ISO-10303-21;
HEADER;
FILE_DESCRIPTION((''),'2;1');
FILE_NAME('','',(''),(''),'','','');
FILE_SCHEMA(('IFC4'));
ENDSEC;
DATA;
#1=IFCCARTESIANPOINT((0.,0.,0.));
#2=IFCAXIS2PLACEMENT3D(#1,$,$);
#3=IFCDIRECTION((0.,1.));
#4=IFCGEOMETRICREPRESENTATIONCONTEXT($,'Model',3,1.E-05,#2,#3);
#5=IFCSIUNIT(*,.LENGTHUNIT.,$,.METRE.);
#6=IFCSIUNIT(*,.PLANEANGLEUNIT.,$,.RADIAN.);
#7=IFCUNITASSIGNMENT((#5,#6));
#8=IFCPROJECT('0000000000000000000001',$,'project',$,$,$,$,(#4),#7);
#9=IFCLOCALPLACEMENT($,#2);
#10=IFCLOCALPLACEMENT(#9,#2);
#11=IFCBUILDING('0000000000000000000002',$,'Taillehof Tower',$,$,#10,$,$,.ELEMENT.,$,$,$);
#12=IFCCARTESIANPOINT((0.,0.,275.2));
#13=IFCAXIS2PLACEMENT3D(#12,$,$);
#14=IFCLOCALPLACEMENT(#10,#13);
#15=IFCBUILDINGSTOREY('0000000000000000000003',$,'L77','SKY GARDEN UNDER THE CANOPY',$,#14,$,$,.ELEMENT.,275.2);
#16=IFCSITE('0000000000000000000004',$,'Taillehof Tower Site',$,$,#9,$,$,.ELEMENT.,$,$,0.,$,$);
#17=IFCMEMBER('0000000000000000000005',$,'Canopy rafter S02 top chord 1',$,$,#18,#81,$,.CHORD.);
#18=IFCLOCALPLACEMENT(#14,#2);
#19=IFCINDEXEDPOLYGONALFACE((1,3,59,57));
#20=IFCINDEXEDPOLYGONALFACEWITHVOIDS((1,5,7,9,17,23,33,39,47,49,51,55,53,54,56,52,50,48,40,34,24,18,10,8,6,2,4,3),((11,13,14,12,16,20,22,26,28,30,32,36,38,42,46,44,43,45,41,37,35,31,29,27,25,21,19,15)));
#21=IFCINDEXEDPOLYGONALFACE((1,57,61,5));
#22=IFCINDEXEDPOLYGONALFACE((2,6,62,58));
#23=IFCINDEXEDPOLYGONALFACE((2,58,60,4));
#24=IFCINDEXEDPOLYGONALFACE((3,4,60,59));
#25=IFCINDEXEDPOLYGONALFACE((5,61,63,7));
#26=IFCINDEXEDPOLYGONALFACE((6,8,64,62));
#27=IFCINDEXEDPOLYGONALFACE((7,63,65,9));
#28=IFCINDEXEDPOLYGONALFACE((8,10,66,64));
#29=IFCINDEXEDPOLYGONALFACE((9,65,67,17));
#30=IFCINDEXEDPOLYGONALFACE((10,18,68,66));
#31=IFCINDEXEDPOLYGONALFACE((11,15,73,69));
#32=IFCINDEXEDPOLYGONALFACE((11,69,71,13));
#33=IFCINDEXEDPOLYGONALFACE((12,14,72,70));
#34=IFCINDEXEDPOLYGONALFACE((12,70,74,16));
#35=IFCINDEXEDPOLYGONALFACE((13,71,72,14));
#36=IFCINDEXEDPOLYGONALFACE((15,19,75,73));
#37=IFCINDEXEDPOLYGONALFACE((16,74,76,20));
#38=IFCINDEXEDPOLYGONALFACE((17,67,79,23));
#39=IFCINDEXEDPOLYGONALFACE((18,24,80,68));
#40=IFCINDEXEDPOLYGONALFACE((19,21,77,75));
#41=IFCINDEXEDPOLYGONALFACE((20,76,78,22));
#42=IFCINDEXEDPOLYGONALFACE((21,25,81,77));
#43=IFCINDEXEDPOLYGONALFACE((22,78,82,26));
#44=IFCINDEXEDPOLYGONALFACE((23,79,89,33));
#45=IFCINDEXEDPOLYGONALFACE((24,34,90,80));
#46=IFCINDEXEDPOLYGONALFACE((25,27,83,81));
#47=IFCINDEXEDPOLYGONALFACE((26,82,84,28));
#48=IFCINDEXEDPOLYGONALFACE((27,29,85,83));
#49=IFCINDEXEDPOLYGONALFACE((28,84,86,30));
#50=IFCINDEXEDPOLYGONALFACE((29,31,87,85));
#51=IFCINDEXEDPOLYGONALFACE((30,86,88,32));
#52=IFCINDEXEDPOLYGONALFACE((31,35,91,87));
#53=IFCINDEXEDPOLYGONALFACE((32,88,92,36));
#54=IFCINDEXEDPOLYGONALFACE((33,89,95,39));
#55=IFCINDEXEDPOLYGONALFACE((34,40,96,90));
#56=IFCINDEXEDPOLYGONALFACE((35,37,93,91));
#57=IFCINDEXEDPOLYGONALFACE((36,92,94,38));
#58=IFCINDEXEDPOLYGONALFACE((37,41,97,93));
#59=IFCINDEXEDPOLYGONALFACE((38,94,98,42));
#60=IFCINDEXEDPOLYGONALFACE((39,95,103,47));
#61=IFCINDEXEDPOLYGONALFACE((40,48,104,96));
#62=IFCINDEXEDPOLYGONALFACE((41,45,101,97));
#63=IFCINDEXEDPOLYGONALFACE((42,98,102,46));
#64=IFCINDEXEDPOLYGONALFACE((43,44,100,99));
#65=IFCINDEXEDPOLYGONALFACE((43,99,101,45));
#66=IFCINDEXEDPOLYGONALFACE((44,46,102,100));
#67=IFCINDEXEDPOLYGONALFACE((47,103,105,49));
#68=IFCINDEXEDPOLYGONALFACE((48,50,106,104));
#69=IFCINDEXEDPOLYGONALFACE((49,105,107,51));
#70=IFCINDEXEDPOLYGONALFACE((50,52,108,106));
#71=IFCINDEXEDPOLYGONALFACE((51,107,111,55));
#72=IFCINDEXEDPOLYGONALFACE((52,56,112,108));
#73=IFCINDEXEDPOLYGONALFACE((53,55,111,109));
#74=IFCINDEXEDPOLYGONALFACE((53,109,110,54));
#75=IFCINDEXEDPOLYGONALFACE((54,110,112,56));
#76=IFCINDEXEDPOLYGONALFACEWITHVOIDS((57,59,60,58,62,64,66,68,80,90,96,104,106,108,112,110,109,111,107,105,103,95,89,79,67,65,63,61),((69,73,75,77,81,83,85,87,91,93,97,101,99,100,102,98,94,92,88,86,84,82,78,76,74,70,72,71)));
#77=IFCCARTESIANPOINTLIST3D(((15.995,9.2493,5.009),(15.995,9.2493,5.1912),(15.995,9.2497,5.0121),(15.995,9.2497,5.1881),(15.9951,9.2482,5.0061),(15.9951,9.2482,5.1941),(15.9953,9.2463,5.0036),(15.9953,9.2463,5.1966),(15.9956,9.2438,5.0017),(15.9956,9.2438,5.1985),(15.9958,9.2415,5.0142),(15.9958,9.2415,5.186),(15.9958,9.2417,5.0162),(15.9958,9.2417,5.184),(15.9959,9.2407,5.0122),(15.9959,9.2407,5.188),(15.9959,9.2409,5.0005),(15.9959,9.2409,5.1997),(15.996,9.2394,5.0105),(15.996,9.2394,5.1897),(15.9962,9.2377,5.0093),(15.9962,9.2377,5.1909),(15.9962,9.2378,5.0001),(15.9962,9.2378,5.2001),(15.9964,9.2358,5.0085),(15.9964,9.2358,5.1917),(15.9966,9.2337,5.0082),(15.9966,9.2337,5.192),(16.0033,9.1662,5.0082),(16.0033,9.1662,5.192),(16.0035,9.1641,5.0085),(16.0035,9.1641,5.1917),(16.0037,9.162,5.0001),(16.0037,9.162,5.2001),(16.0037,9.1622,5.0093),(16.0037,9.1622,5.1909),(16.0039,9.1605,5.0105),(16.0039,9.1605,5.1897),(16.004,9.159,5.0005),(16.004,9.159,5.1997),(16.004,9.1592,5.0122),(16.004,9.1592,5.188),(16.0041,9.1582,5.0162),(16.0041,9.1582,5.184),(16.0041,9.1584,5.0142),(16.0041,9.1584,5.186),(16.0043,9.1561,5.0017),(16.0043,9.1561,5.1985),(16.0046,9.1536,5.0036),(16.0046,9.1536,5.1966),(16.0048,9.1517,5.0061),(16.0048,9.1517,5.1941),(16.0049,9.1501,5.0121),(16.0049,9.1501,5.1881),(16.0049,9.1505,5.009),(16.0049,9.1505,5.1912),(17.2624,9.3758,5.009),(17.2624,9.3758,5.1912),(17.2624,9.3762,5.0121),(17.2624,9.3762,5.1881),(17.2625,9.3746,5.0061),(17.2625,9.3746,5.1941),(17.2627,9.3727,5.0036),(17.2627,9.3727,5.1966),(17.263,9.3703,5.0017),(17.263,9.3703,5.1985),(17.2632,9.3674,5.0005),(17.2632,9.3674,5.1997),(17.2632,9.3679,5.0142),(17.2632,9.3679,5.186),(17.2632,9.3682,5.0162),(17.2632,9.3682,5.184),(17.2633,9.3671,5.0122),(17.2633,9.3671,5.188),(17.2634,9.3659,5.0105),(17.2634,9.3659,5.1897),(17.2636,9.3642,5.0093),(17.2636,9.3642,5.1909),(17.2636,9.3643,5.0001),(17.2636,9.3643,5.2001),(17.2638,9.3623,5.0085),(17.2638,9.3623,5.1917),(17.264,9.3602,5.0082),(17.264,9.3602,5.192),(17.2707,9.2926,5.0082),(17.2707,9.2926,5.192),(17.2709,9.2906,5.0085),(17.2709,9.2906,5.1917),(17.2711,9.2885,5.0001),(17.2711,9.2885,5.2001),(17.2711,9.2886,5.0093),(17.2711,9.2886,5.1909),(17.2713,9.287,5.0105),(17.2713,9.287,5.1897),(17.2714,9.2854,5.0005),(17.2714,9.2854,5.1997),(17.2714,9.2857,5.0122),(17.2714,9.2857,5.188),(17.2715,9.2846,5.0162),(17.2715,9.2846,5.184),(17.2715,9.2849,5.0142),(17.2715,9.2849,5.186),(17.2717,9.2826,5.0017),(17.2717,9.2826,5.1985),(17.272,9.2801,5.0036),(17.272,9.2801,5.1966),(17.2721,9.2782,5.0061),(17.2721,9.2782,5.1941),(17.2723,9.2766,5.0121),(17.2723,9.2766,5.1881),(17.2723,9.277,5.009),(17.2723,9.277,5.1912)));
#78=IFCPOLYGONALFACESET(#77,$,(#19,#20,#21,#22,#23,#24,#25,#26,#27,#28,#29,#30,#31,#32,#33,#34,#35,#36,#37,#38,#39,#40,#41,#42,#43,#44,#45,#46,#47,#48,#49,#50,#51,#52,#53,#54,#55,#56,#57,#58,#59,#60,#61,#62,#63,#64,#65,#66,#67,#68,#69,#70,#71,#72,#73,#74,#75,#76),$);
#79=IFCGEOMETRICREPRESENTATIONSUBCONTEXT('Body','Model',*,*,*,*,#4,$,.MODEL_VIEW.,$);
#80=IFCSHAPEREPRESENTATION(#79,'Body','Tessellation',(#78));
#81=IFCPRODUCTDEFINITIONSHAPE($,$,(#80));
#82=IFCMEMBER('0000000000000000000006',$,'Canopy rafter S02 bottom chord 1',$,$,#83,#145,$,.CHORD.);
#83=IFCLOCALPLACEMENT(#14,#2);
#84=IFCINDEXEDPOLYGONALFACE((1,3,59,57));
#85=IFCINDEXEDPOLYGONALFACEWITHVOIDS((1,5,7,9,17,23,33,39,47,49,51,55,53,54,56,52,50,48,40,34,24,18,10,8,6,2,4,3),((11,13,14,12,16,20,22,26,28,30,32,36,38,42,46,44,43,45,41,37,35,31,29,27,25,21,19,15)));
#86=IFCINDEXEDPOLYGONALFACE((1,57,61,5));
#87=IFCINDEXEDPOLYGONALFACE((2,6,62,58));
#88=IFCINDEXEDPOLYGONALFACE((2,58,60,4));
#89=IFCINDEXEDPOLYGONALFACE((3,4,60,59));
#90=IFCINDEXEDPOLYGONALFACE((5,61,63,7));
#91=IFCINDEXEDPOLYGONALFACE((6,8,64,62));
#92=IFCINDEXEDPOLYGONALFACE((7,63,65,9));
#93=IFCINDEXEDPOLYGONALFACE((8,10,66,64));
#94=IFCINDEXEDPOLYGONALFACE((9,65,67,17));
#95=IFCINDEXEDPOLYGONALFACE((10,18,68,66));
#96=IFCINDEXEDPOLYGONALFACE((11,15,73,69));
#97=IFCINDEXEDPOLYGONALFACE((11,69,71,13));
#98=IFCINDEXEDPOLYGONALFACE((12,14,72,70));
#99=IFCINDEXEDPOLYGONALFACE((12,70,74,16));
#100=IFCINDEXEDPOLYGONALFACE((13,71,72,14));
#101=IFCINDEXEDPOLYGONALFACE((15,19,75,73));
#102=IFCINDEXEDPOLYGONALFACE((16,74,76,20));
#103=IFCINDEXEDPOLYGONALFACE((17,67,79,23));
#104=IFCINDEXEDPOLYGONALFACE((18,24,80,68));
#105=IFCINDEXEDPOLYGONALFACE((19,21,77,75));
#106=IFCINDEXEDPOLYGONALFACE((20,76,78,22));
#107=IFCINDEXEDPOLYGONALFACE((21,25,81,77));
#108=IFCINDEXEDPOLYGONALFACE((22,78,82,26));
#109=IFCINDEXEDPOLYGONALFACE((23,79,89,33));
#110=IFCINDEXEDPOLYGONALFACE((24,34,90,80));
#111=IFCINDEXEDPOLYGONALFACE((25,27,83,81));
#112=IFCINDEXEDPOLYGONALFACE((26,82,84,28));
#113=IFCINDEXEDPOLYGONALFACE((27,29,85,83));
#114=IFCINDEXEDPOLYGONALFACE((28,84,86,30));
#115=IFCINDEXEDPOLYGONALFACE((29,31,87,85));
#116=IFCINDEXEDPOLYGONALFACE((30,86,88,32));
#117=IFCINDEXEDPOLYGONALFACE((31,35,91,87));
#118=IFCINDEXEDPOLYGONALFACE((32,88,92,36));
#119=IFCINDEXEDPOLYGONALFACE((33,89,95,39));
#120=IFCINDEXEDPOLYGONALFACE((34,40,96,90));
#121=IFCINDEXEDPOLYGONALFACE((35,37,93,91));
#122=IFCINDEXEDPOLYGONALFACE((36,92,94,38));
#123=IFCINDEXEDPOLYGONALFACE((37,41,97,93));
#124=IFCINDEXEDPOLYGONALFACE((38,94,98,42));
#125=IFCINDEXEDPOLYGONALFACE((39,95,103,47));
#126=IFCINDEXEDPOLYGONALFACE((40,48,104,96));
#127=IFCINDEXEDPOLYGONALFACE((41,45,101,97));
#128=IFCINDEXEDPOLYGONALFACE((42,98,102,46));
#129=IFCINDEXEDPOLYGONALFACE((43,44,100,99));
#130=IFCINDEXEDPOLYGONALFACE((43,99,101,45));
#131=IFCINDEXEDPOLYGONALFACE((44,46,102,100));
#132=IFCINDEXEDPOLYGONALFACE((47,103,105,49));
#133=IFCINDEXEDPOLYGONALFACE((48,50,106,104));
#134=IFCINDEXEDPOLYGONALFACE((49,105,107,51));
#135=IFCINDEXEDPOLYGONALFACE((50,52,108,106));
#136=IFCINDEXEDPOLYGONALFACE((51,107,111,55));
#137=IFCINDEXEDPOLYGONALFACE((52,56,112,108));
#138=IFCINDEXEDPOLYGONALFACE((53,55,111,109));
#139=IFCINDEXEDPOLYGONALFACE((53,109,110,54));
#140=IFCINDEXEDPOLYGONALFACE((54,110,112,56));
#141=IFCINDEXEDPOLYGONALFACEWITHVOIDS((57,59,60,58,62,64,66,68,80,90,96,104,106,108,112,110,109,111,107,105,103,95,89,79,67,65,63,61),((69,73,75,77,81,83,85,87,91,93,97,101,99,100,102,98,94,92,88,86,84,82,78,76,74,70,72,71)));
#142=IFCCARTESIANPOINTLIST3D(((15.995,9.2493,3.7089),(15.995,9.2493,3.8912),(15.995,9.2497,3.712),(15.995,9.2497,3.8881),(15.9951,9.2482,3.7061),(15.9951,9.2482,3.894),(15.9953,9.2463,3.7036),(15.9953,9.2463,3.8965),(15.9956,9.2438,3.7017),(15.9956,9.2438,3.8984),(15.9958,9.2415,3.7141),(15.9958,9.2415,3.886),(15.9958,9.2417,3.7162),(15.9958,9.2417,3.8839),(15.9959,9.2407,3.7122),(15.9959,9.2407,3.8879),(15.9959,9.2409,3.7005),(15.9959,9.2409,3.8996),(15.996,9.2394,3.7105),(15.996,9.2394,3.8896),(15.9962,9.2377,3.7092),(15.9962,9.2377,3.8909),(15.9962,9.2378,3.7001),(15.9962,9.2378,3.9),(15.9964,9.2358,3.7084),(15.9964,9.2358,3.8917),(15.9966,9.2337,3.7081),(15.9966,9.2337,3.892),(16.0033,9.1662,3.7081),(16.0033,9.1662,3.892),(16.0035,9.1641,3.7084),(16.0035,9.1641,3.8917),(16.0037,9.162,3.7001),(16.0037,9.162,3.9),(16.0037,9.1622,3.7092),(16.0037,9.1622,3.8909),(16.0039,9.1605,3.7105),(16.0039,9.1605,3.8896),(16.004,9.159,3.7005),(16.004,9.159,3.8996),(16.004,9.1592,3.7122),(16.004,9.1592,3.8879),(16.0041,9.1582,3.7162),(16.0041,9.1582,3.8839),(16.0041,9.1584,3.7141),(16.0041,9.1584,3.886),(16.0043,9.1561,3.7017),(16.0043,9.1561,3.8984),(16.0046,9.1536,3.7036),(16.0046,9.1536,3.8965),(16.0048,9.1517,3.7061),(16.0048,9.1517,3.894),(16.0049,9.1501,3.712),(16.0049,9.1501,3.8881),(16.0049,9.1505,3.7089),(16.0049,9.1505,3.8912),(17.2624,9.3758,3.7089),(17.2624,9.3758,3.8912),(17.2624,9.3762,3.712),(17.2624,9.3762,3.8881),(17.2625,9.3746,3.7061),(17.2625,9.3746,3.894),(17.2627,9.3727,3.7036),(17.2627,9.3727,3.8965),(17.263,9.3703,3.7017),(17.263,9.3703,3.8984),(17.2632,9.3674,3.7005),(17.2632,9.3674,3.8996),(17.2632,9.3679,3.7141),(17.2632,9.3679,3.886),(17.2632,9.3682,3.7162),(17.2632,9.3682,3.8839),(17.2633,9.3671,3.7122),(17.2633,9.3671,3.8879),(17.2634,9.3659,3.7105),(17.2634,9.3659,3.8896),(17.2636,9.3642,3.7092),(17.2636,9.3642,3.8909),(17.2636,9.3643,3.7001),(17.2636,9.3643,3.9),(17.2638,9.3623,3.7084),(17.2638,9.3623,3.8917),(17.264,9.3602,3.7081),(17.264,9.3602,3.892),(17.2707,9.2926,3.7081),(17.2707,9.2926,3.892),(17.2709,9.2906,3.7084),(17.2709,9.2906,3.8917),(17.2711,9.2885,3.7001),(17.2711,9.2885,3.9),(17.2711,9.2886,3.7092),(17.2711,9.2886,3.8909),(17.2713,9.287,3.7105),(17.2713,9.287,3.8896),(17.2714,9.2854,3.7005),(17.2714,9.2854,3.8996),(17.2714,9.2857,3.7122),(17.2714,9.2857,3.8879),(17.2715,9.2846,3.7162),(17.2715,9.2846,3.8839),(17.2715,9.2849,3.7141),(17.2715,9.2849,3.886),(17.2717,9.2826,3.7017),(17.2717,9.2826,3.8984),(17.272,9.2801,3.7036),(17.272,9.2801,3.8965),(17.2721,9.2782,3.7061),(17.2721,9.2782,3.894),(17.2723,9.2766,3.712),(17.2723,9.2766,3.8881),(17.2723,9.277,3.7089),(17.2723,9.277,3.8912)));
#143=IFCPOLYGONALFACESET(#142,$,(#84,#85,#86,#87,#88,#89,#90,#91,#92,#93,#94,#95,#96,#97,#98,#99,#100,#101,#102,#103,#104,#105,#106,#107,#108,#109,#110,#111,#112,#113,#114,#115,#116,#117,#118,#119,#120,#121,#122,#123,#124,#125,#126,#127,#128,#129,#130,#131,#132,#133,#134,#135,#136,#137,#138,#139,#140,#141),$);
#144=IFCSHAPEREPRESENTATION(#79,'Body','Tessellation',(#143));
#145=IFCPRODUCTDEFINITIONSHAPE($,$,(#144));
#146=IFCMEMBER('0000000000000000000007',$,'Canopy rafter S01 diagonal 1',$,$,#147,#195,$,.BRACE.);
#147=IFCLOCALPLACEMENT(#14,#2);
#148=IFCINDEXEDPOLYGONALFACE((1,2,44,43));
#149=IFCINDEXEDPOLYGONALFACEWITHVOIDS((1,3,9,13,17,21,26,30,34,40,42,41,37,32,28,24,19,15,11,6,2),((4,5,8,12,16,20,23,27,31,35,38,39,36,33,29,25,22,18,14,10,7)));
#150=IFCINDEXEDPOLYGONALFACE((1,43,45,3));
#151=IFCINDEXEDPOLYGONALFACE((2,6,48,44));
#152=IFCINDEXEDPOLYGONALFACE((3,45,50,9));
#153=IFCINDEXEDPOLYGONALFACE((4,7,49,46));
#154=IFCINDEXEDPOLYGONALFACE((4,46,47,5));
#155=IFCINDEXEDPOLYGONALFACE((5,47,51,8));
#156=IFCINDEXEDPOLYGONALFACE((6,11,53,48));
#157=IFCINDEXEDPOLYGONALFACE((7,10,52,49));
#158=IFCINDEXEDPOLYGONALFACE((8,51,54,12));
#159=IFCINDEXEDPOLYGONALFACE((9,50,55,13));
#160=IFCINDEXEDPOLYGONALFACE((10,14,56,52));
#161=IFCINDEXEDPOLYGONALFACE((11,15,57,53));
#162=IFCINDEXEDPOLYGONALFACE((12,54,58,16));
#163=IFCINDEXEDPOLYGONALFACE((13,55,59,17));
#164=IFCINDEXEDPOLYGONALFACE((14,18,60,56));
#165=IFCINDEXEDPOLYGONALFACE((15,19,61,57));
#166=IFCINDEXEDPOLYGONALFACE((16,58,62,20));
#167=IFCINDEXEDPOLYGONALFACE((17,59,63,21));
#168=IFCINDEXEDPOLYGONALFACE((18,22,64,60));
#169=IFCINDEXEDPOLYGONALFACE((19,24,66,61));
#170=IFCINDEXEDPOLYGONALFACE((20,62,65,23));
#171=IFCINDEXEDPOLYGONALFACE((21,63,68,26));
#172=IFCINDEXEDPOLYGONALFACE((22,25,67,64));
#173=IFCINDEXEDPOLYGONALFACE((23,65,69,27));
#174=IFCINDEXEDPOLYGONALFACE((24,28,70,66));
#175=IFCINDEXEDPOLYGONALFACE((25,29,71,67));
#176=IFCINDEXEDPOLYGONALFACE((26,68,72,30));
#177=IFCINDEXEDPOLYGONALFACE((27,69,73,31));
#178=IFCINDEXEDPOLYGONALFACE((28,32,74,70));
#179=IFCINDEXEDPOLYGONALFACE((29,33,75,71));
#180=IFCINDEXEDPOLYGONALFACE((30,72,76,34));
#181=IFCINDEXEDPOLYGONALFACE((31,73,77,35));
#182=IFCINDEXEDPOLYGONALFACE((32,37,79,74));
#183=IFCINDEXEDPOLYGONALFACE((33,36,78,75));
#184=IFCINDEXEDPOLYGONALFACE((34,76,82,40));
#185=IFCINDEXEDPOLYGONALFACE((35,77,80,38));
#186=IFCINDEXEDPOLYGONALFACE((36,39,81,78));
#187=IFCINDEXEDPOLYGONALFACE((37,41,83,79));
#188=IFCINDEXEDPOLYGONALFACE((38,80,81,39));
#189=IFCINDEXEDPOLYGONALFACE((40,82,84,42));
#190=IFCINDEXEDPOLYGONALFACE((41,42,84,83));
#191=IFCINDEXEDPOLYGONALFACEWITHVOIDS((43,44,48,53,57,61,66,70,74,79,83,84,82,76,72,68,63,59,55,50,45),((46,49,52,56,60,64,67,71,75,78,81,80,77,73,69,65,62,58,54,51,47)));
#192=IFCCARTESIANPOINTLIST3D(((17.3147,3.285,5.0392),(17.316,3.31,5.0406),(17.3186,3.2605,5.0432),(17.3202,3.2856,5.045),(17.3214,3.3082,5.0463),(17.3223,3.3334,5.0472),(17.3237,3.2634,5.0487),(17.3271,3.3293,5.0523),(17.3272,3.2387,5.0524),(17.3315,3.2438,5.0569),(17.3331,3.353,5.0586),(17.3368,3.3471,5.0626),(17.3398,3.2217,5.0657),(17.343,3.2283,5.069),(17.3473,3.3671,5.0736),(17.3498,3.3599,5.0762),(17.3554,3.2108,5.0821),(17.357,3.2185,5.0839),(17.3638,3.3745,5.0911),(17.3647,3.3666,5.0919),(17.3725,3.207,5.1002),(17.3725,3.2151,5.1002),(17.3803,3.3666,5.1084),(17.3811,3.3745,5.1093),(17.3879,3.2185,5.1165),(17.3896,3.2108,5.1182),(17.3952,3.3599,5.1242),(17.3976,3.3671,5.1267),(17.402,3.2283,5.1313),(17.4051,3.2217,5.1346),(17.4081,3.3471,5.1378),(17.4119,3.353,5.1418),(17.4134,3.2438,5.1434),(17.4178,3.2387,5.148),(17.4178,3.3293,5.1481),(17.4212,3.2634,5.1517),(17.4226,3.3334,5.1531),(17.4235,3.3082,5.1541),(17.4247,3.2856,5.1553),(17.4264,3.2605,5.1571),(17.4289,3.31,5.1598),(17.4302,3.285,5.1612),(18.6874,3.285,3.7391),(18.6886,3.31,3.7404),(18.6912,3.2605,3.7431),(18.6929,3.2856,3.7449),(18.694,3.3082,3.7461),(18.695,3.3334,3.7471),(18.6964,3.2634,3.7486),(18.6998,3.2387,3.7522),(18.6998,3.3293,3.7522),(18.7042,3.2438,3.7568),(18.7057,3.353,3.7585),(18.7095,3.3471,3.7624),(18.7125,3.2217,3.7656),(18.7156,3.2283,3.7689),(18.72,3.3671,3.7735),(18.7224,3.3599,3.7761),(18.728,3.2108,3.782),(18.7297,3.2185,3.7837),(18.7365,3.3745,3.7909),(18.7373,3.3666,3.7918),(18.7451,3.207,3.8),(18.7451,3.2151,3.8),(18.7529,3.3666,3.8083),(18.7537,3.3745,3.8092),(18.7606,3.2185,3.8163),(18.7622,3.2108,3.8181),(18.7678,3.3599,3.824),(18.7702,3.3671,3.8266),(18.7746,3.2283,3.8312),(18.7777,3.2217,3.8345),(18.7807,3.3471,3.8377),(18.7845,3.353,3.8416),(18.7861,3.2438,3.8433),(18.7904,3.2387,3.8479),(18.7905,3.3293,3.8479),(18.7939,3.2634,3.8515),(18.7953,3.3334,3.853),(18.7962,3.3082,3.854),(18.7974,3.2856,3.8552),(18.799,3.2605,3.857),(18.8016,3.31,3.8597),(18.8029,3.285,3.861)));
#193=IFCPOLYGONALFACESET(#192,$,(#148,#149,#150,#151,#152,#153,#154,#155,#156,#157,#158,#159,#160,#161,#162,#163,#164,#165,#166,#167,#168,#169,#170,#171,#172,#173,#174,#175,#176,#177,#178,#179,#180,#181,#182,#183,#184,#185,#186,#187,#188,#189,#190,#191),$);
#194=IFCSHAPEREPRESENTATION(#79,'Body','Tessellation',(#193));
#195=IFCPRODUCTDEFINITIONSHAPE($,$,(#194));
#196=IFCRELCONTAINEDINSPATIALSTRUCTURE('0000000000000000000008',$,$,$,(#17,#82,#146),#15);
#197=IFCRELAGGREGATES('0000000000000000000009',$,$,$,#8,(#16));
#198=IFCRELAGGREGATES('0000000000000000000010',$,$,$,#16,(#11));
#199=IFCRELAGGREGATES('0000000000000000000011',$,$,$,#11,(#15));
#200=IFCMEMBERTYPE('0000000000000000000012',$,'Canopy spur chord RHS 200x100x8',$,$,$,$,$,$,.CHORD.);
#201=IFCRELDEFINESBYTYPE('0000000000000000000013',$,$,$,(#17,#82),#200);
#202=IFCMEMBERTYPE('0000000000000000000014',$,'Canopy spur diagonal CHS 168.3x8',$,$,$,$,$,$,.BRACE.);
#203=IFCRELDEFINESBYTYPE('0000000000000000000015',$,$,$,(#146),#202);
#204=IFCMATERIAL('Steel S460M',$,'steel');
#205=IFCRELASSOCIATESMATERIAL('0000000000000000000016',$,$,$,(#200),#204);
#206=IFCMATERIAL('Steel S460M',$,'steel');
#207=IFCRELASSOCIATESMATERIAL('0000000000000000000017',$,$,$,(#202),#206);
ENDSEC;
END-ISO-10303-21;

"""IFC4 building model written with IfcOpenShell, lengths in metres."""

from ifc_helpers import new_model, si_unit, direction, frame, origin, origin_2d, place, context, subcontext, project, spatial, hollow_rectangle, hollow_circle, extrude, material, material_profile, profile_set, type_object, element, save


model = new_model("IFC4")

# Units and contexts
model_context = context("Model", 3, precision=1e-05, world=origin(), true_north=direction((0.0, 1.0)))
body_context = subcontext(model_context, "Body", "Model", "MODEL_VIEW")
ifc_project = project(units=[si_unit("LENGTHUNIT", "METRE"), si_unit("PLANEANGLEUNIT", "RADIAN")], contexts=[model_context])

# Site, building, storey
site_placement = place(None, origin())
site = spatial("IfcSite", under=ifc_project, at=site_placement, Name="Taillehof Tower Site", CompositionType="ELEMENT", RefElevation=0.0)
building_placement = place(site_placement, origin())
building = spatial("IfcBuilding", under=site, at=building_placement, Name="Taillehof Tower", CompositionType="ELEMENT")
storey_placement = place(building_placement, frame((0.0, 0.0, 275.2)))
storey = spatial("IfcBuildingStorey", under=building, at=storey_placement, Name="L77", Description="SKY GARDEN UNDER THE CANOPY", CompositionType="ELEMENT", Elevation=275.2)

# Members
ifc_material_1 = material(Name="Steel S460M", Category="steel")
ifc_material_profile_1 = material_profile(ifc_material_1, hollow_rectangle(XDim=0.1001, YDim=0.2, WallThickness=0.0081, InnerFilletRadius=0.0081, OuterFilletRadius=0.012, at=origin_2d()), Name="RHS 200x100x8")
ifc_profile_set_1 = profile_set([ifc_material_profile_1], Name="Steel S460M")
member_type_1 = type_object("IfcMemberType", Name="Canopy spur chord RHS 200x100x8", PredefinedType="CHORD", material=ifc_profile_set_1)
for number, where, z_axis, x_axis, name in (
    (1, (17.2673, 9.3264, 5.1001), (-0.995058, -0.099295, 0.0), (0.099295, -0.995058, 0.0), "Canopy rafter S02 top chord 1"),
    (2, (17.2673, 9.3264, 3.8), (-0.995058, -0.099295, 0.0), (0.099295, -0.995058, 0.0), "Canopy rafter S02 bottom chord 1"),
):
    element("IfcMember", number, at=place(storey_placement, frame(where, z_axis=z_axis, x_axis=x_axis)), inside=storey, type_object=member_type_1, Name=name, PredefinedType="CHORD", context=body_context, shape_type="SweptSolid", body=[
        extrude(hollow_rectangle(XDim=0.1001, YDim=0.2, WallThickness=0.0081, InnerFilletRadius=0.0081, OuterFilletRadius=0.012, at=origin_2d()), origin(), (0.0, 0.0, 1.0), 1.2737),
    ])
ifc_material_2 = material(Name="Steel S460M", Category="steel")
ifc_material_profile_2 = material_profile(ifc_material_2, hollow_circle(Radius=0.0842, WallThickness=0.0081, at=origin_2d()), Name="CHS 168.3x8")
ifc_profile_set_2 = profile_set([ifc_material_profile_2], Name="Steel S460M")
member_type_2 = type_object("IfcMemberType", Name="Canopy spur diagonal CHS 168.3x8", PredefinedType="BRACE", material=ifc_profile_set_2)
for number, where, z_axis, x_axis, name in (
    (3, (18.7451, 3.2913, 3.8), (-0.726024, 0.0, 0.687669), (0.0, -1.0, 0.0), "Canopy rafter S01 diagonal 1"),
):
    element("IfcMember", number, at=place(storey_placement, frame(where, z_axis=z_axis, x_axis=x_axis)), inside=storey, type_object=member_type_2, Name=name, PredefinedType="BRACE", context=body_context, shape_type="SweptSolid", body=[
        extrude(hollow_circle(Radius=0.0842, WallThickness=0.0081, at=origin_2d()), origin(), (0.0, 0.0, 1.0), 1.8906),
    ])

save(model, "model.ifc")
